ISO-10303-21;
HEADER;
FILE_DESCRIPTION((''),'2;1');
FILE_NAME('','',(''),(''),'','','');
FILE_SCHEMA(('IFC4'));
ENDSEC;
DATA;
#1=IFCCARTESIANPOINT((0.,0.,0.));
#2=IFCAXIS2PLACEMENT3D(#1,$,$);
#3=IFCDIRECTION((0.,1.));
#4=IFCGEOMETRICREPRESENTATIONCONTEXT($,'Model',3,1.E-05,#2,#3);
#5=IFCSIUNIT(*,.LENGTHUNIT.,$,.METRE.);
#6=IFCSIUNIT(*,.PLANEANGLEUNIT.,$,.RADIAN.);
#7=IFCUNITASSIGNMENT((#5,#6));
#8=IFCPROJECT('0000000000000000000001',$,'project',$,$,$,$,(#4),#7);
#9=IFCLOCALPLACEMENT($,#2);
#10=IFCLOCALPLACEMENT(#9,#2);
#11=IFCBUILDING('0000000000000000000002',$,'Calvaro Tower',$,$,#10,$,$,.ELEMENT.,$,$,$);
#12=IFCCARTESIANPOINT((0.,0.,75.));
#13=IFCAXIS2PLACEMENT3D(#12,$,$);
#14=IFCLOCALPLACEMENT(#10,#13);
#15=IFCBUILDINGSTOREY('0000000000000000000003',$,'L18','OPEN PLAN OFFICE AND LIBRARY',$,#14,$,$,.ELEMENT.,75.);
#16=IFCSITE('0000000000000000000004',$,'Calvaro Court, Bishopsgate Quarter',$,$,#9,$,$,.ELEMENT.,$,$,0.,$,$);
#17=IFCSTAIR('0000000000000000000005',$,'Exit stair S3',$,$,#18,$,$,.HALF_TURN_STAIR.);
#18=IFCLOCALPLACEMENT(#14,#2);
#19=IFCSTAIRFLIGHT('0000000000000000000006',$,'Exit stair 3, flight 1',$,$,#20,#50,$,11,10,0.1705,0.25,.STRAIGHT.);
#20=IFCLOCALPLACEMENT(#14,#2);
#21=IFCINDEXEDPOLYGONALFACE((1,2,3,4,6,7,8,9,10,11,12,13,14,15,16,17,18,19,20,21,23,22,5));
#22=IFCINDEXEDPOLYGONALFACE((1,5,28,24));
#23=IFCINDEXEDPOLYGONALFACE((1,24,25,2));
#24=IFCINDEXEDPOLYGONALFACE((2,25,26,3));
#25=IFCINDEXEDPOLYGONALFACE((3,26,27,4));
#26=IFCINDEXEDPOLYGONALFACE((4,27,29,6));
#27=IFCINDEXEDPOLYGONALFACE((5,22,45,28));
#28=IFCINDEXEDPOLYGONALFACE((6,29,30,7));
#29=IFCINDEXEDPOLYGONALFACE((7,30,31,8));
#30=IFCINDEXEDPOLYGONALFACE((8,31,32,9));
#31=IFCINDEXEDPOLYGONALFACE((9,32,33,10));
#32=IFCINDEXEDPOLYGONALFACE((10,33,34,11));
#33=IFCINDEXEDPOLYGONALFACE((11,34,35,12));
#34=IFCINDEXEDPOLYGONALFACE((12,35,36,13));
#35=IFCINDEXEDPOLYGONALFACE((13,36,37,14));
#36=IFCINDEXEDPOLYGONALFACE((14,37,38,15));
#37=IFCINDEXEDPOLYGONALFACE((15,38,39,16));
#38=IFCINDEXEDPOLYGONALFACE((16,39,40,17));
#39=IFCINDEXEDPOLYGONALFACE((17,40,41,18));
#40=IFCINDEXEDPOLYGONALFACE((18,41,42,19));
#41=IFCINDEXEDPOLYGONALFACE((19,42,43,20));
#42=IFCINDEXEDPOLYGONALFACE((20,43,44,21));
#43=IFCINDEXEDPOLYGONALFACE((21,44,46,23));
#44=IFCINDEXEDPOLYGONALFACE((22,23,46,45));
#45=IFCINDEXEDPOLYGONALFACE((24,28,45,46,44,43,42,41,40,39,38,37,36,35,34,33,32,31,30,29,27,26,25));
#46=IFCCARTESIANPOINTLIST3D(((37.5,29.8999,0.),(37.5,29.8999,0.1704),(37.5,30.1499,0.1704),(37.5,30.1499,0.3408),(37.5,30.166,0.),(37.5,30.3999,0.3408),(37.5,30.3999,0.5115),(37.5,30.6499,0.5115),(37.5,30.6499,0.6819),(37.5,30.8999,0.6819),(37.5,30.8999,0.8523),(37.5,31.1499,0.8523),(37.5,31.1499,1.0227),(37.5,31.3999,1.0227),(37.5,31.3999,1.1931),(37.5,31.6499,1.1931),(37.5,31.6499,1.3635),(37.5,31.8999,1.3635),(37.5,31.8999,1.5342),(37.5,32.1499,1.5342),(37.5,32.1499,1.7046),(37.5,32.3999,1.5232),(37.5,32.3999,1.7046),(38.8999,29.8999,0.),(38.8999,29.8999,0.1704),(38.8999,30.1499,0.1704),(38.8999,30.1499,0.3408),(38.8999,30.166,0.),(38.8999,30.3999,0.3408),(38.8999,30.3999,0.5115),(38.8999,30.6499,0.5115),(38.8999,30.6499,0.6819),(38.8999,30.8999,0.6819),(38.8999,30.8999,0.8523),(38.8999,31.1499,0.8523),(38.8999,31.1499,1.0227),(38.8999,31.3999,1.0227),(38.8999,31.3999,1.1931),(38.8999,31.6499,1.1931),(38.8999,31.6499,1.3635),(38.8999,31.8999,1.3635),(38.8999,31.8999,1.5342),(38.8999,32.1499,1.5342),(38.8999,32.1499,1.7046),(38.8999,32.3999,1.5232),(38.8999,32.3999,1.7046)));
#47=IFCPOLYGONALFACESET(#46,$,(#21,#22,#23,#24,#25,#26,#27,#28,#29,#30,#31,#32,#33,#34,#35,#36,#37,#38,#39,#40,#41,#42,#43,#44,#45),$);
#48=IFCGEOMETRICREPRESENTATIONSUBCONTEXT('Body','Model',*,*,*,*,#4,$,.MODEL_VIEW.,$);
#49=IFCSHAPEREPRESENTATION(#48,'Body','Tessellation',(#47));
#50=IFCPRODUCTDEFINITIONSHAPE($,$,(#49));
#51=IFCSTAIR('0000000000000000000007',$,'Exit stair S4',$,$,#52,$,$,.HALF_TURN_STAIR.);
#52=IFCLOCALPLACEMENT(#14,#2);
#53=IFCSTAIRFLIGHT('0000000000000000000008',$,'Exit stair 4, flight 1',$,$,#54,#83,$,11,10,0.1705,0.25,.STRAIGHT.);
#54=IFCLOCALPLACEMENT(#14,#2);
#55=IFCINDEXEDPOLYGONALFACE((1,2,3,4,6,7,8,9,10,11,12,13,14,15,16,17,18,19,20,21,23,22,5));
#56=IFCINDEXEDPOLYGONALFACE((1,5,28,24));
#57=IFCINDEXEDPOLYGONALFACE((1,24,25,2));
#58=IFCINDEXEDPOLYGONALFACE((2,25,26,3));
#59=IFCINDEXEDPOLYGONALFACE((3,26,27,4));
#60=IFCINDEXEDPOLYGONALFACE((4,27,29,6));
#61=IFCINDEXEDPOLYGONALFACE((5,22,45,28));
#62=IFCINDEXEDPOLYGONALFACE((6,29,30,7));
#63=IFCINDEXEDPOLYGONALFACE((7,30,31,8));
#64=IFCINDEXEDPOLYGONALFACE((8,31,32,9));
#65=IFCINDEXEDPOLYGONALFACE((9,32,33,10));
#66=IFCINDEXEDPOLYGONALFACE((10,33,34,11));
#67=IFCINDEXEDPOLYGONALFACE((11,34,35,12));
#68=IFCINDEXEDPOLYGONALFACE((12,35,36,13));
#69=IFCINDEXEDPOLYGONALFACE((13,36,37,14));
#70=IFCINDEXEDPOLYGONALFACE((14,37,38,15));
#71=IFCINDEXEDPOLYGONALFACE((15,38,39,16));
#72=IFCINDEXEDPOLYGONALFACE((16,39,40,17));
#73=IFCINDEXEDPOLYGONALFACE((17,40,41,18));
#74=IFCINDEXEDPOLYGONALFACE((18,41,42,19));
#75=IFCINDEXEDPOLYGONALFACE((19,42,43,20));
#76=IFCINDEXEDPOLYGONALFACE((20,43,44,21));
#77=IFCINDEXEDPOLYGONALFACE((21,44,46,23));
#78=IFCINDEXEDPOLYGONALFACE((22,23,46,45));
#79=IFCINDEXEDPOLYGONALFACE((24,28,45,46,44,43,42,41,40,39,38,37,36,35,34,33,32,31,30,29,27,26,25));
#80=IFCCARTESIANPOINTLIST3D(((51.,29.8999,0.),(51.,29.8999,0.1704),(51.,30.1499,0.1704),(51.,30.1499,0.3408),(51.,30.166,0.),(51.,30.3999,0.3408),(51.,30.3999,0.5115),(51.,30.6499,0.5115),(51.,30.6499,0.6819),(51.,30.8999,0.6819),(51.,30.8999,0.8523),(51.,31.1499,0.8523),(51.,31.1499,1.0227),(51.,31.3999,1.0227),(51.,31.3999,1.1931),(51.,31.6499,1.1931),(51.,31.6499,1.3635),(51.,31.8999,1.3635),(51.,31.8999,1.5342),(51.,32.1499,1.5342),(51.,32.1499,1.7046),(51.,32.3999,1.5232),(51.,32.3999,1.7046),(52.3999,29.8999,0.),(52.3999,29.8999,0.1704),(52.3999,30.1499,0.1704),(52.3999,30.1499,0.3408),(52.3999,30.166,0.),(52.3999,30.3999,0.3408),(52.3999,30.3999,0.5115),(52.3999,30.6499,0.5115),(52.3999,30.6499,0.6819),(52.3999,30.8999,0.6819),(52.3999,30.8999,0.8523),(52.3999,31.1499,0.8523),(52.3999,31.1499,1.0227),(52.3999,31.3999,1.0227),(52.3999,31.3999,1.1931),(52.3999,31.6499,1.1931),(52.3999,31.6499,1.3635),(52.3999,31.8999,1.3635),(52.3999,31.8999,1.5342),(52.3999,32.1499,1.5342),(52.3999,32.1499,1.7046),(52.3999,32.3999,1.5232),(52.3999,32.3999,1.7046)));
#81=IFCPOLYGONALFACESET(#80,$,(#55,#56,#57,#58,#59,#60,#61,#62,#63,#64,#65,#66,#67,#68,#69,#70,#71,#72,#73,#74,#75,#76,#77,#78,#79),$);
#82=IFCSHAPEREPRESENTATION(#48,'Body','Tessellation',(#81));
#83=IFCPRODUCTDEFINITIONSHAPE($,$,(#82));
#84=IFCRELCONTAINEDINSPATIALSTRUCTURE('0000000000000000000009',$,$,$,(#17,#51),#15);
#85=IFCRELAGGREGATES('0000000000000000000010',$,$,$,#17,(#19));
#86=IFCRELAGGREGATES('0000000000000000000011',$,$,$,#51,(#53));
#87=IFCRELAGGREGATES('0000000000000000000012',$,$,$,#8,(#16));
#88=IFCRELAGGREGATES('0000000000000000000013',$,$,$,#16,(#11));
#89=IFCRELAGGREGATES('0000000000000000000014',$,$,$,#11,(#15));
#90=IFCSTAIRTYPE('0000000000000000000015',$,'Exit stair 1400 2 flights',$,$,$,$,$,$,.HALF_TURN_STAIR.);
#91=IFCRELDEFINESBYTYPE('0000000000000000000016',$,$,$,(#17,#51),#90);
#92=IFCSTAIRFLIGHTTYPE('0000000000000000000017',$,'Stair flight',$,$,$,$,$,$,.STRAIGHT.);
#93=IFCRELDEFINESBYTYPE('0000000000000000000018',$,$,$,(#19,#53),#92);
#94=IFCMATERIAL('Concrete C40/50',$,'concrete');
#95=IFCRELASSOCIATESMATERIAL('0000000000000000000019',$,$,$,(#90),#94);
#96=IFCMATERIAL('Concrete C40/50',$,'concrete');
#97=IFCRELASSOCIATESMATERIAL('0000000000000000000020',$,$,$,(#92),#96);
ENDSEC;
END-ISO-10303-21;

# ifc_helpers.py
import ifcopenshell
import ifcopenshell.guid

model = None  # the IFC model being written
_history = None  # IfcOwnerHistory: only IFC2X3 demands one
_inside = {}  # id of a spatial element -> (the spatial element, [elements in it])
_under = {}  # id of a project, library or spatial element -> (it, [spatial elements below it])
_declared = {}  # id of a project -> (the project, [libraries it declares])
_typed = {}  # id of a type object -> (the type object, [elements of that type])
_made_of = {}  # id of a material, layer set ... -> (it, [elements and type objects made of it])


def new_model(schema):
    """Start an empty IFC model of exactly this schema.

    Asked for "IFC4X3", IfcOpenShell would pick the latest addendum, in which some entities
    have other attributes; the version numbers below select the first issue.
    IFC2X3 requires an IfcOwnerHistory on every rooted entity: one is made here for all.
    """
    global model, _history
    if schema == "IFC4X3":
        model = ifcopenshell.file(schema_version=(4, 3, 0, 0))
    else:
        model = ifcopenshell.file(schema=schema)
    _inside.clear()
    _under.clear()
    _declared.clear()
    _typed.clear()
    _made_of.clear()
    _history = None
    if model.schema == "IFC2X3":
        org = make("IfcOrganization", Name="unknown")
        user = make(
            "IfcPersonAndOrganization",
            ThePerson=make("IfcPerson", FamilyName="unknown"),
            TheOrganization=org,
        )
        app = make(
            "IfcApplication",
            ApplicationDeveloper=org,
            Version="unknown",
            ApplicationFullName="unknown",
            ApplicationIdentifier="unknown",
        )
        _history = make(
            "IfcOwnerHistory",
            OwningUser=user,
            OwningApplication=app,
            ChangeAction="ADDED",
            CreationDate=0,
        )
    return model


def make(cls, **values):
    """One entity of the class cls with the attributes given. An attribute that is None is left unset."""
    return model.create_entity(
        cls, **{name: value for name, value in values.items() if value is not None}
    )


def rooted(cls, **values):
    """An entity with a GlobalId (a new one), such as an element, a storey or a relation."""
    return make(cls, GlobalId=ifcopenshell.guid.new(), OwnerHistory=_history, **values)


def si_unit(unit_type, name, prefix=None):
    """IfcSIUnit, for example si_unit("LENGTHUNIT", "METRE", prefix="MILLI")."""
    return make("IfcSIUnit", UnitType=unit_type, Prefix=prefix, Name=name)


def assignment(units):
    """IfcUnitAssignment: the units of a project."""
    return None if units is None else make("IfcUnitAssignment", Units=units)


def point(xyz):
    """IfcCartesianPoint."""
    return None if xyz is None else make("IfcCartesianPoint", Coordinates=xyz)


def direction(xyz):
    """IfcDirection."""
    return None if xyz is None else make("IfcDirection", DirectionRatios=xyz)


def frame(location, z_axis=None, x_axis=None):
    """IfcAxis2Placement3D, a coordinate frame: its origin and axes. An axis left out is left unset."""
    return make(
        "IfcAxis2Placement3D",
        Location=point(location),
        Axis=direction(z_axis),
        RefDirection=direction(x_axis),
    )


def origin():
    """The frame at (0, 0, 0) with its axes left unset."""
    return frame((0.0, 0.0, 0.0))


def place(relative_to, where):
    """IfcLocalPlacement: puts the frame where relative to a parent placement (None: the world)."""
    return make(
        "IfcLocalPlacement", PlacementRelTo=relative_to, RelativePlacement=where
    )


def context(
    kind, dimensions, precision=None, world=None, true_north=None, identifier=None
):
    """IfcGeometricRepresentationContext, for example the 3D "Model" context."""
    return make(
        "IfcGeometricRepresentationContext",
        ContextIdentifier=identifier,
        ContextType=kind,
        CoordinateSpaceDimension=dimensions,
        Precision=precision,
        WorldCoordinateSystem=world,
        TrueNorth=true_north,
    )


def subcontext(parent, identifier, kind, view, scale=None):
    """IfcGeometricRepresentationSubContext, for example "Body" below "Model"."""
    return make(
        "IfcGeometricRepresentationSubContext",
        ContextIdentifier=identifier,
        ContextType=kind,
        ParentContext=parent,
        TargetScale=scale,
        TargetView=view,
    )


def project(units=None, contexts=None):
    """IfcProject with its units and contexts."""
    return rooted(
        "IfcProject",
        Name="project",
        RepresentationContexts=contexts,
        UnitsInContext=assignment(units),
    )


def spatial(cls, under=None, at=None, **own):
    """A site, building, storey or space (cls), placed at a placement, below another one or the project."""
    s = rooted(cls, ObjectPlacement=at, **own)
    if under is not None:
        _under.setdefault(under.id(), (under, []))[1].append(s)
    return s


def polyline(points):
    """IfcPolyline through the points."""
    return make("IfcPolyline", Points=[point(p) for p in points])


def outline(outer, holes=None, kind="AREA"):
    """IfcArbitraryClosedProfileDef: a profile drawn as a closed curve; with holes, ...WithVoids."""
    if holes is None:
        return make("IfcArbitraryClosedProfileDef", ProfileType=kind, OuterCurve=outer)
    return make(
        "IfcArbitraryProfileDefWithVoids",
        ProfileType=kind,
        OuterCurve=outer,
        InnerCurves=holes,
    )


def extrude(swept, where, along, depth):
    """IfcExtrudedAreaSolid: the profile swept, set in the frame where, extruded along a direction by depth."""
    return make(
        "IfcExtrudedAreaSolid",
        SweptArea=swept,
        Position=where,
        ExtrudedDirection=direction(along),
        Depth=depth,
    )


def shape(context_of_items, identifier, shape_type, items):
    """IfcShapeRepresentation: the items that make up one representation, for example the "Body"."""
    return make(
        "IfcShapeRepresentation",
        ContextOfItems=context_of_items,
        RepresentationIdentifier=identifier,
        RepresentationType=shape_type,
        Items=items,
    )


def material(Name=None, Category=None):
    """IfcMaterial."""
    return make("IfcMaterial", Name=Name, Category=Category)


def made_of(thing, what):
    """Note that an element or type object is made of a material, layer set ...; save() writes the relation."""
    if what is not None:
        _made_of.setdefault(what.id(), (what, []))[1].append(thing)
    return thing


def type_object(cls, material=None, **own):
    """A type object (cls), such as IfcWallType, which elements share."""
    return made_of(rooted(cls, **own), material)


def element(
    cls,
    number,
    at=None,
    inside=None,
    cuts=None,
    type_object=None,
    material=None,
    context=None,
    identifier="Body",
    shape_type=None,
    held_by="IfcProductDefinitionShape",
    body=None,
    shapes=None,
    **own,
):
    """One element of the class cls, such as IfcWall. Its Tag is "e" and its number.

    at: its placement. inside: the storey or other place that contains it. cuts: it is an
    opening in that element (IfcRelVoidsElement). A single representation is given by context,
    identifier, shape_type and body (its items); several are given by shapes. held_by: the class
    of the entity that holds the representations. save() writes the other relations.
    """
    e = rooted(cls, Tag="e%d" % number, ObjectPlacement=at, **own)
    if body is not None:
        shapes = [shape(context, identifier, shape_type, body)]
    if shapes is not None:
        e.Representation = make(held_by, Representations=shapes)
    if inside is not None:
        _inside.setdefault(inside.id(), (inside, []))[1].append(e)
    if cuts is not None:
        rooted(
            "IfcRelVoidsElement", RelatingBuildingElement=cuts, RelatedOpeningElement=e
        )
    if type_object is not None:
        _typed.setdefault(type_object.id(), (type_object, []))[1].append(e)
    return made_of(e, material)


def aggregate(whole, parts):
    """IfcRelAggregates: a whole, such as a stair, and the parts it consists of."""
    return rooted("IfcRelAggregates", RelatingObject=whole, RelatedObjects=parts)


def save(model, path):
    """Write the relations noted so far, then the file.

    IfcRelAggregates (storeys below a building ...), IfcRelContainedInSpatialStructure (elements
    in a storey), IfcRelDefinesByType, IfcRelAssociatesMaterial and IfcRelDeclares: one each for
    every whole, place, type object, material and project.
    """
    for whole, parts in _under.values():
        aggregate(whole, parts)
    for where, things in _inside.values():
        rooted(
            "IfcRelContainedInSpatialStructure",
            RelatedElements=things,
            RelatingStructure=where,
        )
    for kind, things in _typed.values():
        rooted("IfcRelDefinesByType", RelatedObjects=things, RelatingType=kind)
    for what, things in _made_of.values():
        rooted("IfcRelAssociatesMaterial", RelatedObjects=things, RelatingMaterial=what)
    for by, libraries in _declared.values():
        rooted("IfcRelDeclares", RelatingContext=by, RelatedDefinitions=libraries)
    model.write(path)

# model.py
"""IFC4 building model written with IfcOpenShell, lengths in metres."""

from ifc_helpers import new_model, si_unit, direction, frame, origin, place, context, subcontext, project, spatial, polyline, outline, extrude, material, type_object, element, aggregate, save


model = new_model("IFC4")

# Units and contexts
model_context = context("Model", 3, precision=1e-05, world=origin(), true_north=direction((0.0, 1.0)))
body_context = subcontext(model_context, "Body", "Model", "MODEL_VIEW")
ifc_project = project(units=[si_unit("LENGTHUNIT", "METRE"), si_unit("PLANEANGLEUNIT", "RADIAN")], contexts=[model_context])

# Site, building, storey
site_placement = place(None, origin())
site = spatial("IfcSite", under=ifc_project, at=site_placement, Name="Calvaro Court, Bishopsgate Quarter", CompositionType="ELEMENT", RefElevation=0.0)
building_placement = place(site_placement, origin())
building = spatial("IfcBuilding", under=site, at=building_placement, Name="Calvaro Tower", CompositionType="ELEMENT")
storey_placement = place(building_placement, frame((0.0, 0.0, 75.0)))
storey = spatial("IfcBuildingStorey", under=building, at=storey_placement, Name="L18", Description="OPEN PLAN OFFICE AND LIBRARY", CompositionType="ELEMENT", Elevation=75.0)

# Stairs, stair flights
ifc_material_1 = material(Name="Concrete C40/50", Category="concrete")
stair_type = type_object("IfcStairType", Name="Exit stair 1400 2 flights", PredefinedType="HALF_TURN_STAIR", material=ifc_material_1)
stair_1_placement = place(storey_placement, origin())
stair_1 = element("IfcStair", 1, at=stair_1_placement, inside=storey, type_object=stair_type, Name="Exit stair S3", PredefinedType="HALF_TURN_STAIR")
ifc_material_2 = material(Name="Concrete C40/50", Category="concrete")
stair_flight_type = type_object("IfcStairFlightType", Name="Stair flight", PredefinedType="STRAIGHT", material=ifc_material_2)
stair_flight_1_placement = place(storey_placement, frame((38.2, 29.8999, 0.0), z_axis=(0.0, 0.0, 1.0), x_axis=(0.0, 1.0, 0.0)))
stair_flight_1 = element("IfcStairFlight", 2, at=stair_flight_1_placement, type_object=stair_flight_type, Name="Exit stair 3, flight 1", NumberOfRisers=11, NumberOfTreads=10, PredefinedType="STRAIGHT", RiserHeight=0.1705, TreadLength=0.25, context=body_context, shape_type="SweptSolid", body=[
    extrude(outline(polyline([(0.0, 0.0), (0.0, 0.1704), (0.25, 0.1704), (0.25, 0.3408), (0.5, 0.3408), (0.5, 0.5115), (0.75, 0.5115), (0.75, 0.6819), (1.0, 0.6819), (1.0, 0.8523), (1.25, 0.8523), (1.25, 1.0227), (1.5, 1.0227), (1.5, 1.1931), (1.75, 1.1931), (1.75, 1.3635), (2.0, 1.3635), (2.0, 1.5342), (2.25, 1.5342), (2.25, 1.7046), (2.5, 1.7046), (2.5, 1.875), (2.5, 1.5232), (0.2661, 0.0), (0.0, 0.0)])), frame((0.0, 0.7, 0.0), z_axis=(0.0, -1.0, 0.0), x_axis=(1.0, 0.0, 0.0)), (0.0, 0.0, 1.0), 1.3999),
])
stair_2_placement = place(storey_placement, origin())
stair_2 = element("IfcStair", 3, at=stair_2_placement, inside=storey, type_object=stair_type, Name="Exit stair S4", PredefinedType="HALF_TURN_STAIR")
stair_flight_2_placement = place(storey_placement, frame((51.7, 29.8999, 0.0), z_axis=(0.0, 0.0, 1.0), x_axis=(0.0, 1.0, 0.0)))
stair_flight_2 = element("IfcStairFlight", 4, at=stair_flight_2_placement, type_object=stair_flight_type, Name="Exit stair 4, flight 1", NumberOfRisers=11, NumberOfTreads=10, PredefinedType="STRAIGHT", RiserHeight=0.1705, TreadLength=0.25, context=body_context, shape_type="SweptSolid", body=[
    extrude(outline(polyline([(0.0, 0.0), (0.0, 0.1704), (0.25, 0.1704), (0.25, 0.3408), (0.5, 0.3408), (0.5, 0.5115), (0.75, 0.5115), (0.75, 0.6819), (1.0, 0.6819), (1.0, 0.8523), (1.25, 0.8523), (1.25, 1.0227), (1.5, 1.0227), (1.5, 1.1931), (1.75, 1.1931), (1.75, 1.3635), (2.0, 1.3635), (2.0, 1.5342), (2.25, 1.5342), (2.25, 1.7046), (2.5, 1.7046), (2.5, 1.875), (2.5, 1.5232), (0.2661, 0.0), (0.0, 0.0)])), frame((0.0, 0.7, 0.0), z_axis=(0.0, -1.0, 0.0), x_axis=(1.0, 0.0, 0.0)), (0.0, 0.0, 1.0), 1.3999),
])

aggregate(stair_1, [stair_flight_1])
aggregate(stair_2, [stair_flight_2])

save(model, "model.ifc")
